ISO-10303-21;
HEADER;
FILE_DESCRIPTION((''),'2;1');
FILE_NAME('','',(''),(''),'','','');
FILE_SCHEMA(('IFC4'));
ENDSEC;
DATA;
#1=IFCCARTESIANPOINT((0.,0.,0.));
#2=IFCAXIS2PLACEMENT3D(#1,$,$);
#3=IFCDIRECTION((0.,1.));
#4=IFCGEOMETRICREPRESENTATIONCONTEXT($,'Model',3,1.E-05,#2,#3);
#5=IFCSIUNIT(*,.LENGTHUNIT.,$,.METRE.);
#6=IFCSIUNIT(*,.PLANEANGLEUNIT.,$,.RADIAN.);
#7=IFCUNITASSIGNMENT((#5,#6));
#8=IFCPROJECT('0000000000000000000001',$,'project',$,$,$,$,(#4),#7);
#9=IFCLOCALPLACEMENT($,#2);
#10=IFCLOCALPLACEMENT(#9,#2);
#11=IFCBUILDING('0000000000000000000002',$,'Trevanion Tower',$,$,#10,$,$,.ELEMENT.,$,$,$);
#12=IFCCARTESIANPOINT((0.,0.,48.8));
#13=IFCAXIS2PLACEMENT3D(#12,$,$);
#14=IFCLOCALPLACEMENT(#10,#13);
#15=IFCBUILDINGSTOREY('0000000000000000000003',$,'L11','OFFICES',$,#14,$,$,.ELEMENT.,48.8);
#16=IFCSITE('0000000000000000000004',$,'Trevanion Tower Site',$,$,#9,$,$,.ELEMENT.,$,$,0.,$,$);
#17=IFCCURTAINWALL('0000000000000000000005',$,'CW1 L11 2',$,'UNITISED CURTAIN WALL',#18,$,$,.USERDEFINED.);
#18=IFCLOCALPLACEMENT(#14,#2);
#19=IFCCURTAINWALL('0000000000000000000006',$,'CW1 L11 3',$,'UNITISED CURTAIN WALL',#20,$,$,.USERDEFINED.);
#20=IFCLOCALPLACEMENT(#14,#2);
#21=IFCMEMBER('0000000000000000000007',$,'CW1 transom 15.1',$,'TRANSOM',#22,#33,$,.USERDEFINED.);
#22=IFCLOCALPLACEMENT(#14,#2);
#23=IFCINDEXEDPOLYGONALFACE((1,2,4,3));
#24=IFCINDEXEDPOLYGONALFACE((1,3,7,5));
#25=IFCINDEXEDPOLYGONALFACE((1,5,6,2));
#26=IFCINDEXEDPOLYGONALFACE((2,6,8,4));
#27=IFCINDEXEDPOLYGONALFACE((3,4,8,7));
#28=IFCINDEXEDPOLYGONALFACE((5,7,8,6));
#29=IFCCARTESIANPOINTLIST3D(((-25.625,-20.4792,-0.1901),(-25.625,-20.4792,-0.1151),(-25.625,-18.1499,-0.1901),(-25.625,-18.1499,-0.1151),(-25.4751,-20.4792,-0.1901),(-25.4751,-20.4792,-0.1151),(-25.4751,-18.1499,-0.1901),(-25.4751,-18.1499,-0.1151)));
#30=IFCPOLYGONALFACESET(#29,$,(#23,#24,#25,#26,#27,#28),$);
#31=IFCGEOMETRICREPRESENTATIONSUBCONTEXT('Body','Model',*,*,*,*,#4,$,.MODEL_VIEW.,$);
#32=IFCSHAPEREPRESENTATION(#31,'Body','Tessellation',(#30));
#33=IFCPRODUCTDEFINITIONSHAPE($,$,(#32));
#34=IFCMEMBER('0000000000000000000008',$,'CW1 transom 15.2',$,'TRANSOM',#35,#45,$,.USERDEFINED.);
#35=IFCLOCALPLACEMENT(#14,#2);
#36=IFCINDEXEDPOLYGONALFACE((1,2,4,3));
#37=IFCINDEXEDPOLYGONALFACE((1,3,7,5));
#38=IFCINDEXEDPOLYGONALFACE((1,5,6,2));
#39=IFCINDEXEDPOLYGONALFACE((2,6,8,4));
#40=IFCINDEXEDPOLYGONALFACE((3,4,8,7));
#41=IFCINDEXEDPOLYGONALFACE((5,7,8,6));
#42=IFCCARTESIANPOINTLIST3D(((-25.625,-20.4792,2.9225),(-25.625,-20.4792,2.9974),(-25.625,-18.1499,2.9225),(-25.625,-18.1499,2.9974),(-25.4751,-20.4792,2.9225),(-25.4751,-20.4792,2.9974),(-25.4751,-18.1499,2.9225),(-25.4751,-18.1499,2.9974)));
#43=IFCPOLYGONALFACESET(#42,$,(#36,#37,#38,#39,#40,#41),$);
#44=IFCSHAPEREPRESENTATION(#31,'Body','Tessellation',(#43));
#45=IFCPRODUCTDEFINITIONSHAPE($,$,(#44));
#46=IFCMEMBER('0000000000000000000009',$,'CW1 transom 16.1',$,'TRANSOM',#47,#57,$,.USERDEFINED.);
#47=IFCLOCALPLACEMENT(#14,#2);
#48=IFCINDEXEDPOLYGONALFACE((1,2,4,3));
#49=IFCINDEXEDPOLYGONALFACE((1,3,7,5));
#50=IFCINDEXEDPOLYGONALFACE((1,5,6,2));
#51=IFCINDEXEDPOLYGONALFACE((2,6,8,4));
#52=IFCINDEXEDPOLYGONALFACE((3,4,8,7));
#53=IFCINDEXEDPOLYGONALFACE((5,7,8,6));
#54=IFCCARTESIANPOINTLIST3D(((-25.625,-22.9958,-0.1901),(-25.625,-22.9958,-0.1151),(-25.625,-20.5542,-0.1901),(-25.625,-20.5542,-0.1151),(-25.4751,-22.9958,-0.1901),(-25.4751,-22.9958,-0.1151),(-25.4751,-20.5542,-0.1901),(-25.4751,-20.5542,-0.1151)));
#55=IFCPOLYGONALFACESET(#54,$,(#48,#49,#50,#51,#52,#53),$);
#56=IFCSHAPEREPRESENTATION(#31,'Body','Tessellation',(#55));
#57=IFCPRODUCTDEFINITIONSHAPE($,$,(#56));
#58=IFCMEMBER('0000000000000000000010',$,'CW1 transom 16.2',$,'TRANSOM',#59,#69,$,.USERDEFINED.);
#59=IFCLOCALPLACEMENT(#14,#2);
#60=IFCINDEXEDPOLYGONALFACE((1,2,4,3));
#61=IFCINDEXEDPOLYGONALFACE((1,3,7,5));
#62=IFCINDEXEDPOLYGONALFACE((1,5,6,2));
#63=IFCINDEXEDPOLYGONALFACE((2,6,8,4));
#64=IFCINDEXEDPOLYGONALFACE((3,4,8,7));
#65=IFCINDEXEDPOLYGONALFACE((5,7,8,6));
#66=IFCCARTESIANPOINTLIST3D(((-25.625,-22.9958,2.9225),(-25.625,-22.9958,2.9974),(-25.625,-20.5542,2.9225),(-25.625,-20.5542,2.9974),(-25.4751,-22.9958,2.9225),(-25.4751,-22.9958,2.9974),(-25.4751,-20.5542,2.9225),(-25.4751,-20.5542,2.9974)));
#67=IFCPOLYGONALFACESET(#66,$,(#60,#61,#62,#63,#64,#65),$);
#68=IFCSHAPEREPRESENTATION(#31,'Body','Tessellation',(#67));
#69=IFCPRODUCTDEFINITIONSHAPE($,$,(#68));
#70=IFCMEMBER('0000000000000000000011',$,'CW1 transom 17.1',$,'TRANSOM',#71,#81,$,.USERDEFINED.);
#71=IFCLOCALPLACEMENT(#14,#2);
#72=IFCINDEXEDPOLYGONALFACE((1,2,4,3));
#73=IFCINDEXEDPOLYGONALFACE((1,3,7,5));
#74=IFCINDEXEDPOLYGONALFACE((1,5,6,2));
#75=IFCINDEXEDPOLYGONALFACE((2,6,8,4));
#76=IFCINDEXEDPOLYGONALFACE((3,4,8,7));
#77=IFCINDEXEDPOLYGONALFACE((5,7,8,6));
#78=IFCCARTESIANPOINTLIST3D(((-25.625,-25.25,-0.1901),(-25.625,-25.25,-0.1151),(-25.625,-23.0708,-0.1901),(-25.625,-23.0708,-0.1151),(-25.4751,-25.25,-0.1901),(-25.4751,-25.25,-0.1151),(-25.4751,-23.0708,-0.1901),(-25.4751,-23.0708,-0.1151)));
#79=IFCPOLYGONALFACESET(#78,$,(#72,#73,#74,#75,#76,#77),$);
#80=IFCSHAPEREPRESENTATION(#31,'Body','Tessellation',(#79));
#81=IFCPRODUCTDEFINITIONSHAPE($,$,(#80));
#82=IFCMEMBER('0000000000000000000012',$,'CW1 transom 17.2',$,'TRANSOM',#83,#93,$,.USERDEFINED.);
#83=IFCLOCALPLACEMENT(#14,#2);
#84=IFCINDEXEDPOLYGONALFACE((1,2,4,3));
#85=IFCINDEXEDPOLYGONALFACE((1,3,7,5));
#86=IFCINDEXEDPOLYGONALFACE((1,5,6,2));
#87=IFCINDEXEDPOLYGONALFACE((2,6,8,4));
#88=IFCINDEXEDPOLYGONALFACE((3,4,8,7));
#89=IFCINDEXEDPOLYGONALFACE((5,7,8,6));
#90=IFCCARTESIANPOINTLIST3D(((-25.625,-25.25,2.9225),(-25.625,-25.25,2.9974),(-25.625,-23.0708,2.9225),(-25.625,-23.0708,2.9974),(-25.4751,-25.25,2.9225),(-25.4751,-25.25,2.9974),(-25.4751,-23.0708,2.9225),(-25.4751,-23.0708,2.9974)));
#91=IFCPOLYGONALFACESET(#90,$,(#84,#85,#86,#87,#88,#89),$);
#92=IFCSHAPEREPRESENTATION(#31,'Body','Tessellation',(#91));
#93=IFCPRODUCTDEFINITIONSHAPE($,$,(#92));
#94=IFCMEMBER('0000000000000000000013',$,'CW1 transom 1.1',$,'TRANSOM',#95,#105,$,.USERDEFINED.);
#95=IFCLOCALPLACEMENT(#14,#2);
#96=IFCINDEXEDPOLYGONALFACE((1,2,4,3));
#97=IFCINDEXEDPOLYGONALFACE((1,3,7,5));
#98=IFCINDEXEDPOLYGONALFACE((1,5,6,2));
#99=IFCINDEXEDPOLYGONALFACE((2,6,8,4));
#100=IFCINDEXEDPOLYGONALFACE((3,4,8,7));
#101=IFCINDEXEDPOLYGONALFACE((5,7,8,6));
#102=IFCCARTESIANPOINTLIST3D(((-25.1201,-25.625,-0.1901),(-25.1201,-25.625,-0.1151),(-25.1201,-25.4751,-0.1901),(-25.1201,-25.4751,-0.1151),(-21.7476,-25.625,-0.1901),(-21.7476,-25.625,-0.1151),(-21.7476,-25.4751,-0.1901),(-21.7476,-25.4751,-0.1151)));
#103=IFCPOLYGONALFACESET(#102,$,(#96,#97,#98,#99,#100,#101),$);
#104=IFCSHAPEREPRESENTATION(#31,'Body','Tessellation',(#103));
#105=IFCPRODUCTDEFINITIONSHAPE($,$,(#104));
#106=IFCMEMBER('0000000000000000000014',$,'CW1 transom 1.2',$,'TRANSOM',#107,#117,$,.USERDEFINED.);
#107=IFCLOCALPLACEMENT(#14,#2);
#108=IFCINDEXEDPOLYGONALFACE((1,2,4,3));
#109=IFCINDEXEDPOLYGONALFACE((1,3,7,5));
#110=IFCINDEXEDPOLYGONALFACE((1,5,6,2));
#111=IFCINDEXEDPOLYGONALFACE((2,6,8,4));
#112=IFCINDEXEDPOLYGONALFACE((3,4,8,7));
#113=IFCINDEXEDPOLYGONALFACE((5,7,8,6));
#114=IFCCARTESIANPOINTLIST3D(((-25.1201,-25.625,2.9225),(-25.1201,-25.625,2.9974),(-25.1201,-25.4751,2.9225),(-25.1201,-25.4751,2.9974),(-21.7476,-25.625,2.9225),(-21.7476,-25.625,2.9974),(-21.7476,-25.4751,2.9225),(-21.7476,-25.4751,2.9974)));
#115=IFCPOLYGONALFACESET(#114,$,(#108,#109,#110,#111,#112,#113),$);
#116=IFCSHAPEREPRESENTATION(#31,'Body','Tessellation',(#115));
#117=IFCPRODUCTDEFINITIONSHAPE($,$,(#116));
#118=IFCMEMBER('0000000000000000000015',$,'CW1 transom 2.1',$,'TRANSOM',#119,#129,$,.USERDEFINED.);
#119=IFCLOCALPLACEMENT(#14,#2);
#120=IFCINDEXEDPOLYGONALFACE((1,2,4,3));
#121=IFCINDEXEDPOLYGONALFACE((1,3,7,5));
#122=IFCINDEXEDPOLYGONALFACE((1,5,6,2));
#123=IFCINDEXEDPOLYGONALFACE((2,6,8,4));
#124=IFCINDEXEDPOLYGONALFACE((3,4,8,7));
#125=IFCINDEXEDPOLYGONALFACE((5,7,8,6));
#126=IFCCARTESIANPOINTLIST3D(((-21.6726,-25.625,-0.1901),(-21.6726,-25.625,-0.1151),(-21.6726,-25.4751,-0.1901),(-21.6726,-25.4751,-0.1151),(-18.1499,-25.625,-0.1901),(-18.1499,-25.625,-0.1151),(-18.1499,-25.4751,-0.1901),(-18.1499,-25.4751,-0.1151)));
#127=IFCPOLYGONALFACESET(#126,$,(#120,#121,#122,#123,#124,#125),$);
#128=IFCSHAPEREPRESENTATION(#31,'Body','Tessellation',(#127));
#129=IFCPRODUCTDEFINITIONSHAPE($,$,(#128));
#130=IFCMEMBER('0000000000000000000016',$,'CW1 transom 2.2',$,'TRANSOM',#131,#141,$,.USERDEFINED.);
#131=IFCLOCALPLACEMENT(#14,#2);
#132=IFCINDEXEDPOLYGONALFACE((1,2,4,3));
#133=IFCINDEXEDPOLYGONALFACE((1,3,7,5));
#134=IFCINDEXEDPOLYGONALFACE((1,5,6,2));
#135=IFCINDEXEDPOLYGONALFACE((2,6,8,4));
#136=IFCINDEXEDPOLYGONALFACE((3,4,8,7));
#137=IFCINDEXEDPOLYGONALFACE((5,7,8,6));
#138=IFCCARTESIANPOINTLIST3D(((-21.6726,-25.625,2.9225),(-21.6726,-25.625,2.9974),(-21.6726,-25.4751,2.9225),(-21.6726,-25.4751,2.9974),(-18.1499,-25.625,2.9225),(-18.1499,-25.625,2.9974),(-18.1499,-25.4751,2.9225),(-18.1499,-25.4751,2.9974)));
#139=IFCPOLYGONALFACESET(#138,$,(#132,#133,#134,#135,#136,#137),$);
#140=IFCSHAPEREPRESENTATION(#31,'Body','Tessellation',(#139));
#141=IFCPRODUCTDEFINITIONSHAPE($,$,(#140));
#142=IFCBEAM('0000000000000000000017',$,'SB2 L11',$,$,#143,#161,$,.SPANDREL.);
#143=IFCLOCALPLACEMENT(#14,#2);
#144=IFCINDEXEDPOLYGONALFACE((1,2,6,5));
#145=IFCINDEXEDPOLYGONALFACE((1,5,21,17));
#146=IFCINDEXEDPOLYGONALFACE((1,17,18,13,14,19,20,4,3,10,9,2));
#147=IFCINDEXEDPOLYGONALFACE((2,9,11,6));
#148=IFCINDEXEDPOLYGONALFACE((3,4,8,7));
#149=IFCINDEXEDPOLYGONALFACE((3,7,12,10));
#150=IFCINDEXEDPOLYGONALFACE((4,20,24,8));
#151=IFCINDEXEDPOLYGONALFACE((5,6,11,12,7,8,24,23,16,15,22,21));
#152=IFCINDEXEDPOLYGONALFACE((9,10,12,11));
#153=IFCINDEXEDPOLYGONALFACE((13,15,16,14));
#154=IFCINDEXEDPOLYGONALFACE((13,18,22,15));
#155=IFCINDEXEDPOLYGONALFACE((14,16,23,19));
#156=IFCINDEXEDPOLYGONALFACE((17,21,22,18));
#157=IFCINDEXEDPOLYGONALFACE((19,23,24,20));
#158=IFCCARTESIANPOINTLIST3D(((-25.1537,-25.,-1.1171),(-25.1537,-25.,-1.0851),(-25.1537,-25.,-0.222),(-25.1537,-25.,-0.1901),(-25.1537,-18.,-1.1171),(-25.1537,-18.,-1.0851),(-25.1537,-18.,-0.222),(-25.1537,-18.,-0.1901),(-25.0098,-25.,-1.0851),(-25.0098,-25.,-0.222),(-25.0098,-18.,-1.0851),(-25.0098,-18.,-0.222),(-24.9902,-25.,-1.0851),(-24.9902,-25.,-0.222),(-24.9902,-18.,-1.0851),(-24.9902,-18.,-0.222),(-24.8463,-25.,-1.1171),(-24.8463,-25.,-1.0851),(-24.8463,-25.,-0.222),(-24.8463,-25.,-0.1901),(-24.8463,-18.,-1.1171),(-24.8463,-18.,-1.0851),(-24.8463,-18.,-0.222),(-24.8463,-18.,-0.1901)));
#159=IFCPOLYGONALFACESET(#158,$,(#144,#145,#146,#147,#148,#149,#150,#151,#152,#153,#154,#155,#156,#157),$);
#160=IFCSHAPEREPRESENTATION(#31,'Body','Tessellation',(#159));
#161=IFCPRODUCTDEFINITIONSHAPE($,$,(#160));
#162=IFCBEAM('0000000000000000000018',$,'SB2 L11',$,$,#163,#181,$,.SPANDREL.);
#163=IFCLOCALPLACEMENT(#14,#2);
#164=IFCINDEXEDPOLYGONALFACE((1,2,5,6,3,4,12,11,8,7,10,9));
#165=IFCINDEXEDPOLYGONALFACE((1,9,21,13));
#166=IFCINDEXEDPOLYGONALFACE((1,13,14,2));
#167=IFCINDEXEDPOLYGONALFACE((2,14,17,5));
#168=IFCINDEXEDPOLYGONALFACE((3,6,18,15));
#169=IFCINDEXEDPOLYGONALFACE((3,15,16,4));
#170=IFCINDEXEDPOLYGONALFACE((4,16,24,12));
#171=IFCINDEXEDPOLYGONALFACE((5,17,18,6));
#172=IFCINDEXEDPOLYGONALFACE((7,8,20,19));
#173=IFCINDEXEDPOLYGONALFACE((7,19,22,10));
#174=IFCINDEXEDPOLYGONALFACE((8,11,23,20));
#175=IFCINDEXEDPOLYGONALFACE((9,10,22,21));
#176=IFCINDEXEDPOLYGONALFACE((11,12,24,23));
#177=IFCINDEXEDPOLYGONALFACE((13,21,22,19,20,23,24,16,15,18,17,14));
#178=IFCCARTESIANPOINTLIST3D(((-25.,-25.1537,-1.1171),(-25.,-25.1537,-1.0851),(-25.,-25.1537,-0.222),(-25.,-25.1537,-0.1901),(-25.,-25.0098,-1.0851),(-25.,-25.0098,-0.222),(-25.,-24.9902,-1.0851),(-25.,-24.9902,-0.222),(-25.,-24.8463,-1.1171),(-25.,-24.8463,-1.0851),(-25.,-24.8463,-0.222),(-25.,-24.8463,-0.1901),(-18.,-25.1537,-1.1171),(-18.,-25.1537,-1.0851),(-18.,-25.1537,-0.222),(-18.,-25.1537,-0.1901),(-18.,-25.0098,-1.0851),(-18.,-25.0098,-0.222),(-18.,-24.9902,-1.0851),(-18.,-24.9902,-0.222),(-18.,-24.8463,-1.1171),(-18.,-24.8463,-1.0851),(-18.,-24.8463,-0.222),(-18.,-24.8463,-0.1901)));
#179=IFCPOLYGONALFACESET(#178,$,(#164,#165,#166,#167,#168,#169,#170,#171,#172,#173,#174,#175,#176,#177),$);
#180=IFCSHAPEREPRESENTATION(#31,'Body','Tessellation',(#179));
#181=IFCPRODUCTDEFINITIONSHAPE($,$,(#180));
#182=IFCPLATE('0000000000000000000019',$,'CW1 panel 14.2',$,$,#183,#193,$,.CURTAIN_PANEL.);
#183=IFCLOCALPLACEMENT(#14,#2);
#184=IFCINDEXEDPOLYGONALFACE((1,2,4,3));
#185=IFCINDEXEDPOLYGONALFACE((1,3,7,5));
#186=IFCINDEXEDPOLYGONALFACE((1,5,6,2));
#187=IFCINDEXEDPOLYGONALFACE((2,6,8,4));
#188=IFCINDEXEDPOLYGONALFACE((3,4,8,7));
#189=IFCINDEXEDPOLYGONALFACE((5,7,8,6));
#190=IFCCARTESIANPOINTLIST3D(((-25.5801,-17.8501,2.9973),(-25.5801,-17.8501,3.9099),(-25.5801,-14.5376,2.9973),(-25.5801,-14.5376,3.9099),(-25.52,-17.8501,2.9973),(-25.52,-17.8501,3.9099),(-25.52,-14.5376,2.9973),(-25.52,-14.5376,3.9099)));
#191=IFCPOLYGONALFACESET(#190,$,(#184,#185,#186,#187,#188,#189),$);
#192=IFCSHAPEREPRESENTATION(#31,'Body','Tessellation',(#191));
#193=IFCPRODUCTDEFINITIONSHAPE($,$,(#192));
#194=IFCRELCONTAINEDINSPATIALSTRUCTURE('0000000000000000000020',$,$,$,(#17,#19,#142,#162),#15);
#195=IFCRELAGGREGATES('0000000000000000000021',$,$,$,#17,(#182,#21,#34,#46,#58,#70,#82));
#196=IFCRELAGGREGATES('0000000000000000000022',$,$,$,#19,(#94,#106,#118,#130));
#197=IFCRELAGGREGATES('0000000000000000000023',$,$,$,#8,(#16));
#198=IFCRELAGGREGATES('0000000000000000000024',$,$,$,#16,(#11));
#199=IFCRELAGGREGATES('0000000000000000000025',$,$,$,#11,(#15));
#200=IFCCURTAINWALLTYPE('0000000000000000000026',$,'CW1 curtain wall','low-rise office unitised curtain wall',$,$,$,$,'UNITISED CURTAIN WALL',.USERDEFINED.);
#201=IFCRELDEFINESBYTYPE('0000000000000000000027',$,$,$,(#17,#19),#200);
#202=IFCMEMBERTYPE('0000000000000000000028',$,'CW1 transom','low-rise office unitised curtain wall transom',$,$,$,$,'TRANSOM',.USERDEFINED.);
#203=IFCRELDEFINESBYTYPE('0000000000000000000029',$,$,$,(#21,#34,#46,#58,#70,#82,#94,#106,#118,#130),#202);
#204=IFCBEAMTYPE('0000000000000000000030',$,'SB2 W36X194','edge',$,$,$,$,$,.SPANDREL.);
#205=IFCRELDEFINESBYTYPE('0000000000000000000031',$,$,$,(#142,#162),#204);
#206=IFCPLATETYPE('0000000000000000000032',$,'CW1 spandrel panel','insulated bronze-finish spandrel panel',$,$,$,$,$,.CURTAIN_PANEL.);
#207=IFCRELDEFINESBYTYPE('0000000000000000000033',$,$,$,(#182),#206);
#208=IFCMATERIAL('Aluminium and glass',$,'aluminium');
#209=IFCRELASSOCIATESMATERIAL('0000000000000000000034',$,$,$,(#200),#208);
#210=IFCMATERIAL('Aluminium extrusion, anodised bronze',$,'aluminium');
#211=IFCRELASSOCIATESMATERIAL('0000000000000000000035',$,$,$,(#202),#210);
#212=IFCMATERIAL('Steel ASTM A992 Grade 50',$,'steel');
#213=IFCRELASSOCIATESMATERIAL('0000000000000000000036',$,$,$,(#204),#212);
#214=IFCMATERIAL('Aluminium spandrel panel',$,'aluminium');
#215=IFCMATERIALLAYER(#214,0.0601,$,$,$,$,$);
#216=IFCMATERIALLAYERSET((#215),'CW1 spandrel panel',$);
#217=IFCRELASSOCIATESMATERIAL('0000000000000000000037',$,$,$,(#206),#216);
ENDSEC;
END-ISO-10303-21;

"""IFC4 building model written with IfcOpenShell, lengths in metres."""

from ifc_helpers import new_model, si_unit, direction, frame, origin, origin_2d, place, context, subcontext, project, spatial, rectangle, i_section, extrude, material, layer, layer_set, material_profile, profile_set, type_object, element, aggregate, save


model = new_model("IFC4")

# Units and contexts
model_context = context("Model", 3, precision=1e-05, world=origin(), true_north=direction((0.0, 1.0)))
body_context = subcontext(model_context, "Body", "Model", "MODEL_VIEW")
ifc_project = project(units=[si_unit("LENGTHUNIT", "METRE"), si_unit("PLANEANGLEUNIT", "RADIAN")], contexts=[model_context])

# Site, building, storey
site_placement = place(None, origin())
site = spatial("IfcSite", under=ifc_project, at=site_placement, Name="Trevanion Tower Site", CompositionType="ELEMENT", RefElevation=0.0)
building_placement = place(site_placement, origin())
building = spatial("IfcBuilding", under=site, at=building_placement, Name="Trevanion Tower", CompositionType="ELEMENT")
storey_placement = place(building_placement, frame((0.0, 0.0, 48.8)))
storey = spatial("IfcBuildingStorey", under=building, at=storey_placement, Name="L11", Description="OFFICES", CompositionType="ELEMENT", Elevation=48.8)

# Curtain wall
ifc_material_1 = material(Name="Aluminium and glass", Category="aluminium")
curtain_wall_type = type_object("IfcCurtainWallType", Name="CW1 curtain wall", Description="low-rise office unitised curtain wall", ElementType="UNITISED CURTAIN WALL", PredefinedType="USERDEFINED", material=ifc_material_1)
curtain_wall_1_placement = place(storey_placement, origin())
curtain_wall_1 = element("IfcCurtainWall", 1, at=curtain_wall_1_placement, inside=storey, type_object=curtain_wall_type, Name="CW1 L11 2", ObjectType="UNITISED CURTAIN WALL", PredefinedType="USERDEFINED")

# Curtain wall
curtain_wall_2_placement = place(storey_placement, origin())
curtain_wall_2 = element("IfcCurtainWall", 2, at=curtain_wall_2_placement, inside=storey, type_object=curtain_wall_type, Name="CW1 L11 3", ObjectType="UNITISED CURTAIN WALL", PredefinedType="USERDEFINED")

# Members
ifc_material_2 = material(Name="Aluminium extrusion, anodised bronze", Category="aluminium")
ifc_material_profile_1 = material_profile(ifc_material_2, rectangle(XDim=0.1499, YDim=0.075, at=origin_2d()), Name="CW1 transom")
ifc_profile_set_1 = profile_set([ifc_material_profile_1], Name="Aluminium extrusion, anodised bronze")
member_type_1 = type_object("IfcMemberType", Name="CW1 transom", Description="low-rise office unitised curtain wall transom", ElementType="TRANSOM", PredefinedType="USERDEFINED", material=ifc_profile_set_1)
member_1_placement = place(storey_placement, frame((-25.55, -18.1499, -0.1526), z_axis=(0.0, -1.0, 0.0), x_axis=(1.0, 0.0, 0.0)))
member_1 = element("IfcMember", 3, at=member_1_placement, type_object=member_type_1, Name="CW1 transom 15.1", ObjectType="TRANSOM", PredefinedType="USERDEFINED", context=body_context, shape_type="SweptSolid", body=[
    extrude(rectangle(XDim=0.1499, YDim=0.075, at=origin_2d()), origin(), (0.0, 0.0, 1.0), 2.3293),
])
member_2_placement = place(storey_placement, frame((-25.55, -18.1499, 2.96), z_axis=(0.0, -1.0, 0.0), x_axis=(1.0, 0.0, 0.0)))
member_2 = element("IfcMember", 4, at=member_2_placement, type_object=member_type_1, Name="CW1 transom 15.2", ObjectType="TRANSOM", PredefinedType="USERDEFINED", context=body_context, shape_type="SweptSolid", body=[
    extrude(rectangle(XDim=0.1499, YDim=0.075, at=origin_2d()), origin(), (0.0, 0.0, 1.0), 2.3293),
])
member_3_placement = place(storey_placement, frame((-25.55, -20.5542, -0.1526), z_axis=(0.0, -1.0, 0.0), x_axis=(1.0, 0.0, 0.0)))
member_3 = element("IfcMember", 5, at=member_3_placement, type_object=member_type_1, Name="CW1 transom 16.1", ObjectType="TRANSOM", PredefinedType="USERDEFINED", context=body_context, shape_type="SweptSolid", body=[
    extrude(rectangle(XDim=0.1499, YDim=0.075, at=origin_2d()), origin(), (0.0, 0.0, 1.0), 2.4417),
])
member_4_placement = place(storey_placement, frame((-25.55, -20.5542, 2.96), z_axis=(0.0, -1.0, 0.0), x_axis=(1.0, 0.0, 0.0)))
member_4 = element("IfcMember", 6, at=member_4_placement, type_object=member_type_1, Name="CW1 transom 16.2", ObjectType="TRANSOM", PredefinedType="USERDEFINED", context=body_context, shape_type="SweptSolid", body=[
    extrude(rectangle(XDim=0.1499, YDim=0.075, at=origin_2d()), origin(), (0.0, 0.0, 1.0), 2.4417),
])
member_5_placement = place(storey_placement, frame((-25.55, -23.0708, -0.1526), z_axis=(0.0, -1.0, 0.0), x_axis=(1.0, 0.0, 0.0)))
member_5 = element("IfcMember", 7, at=member_5_placement, type_object=member_type_1, Name="CW1 transom 17.1", ObjectType="TRANSOM", PredefinedType="USERDEFINED", context=body_context, shape_type="SweptSolid", body=[
    extrude(rectangle(XDim=0.1499, YDim=0.075, at=origin_2d()), origin(), (0.0, 0.0, 1.0), 2.1792),
])
member_6_placement = place(storey_placement, frame((-25.55, -23.0708, 2.96), z_axis=(0.0, -1.0, 0.0), x_axis=(1.0, 0.0, 0.0)))
member_6 = element("IfcMember", 8, at=member_6_placement, type_object=member_type_1, Name="CW1 transom 17.2", ObjectType="TRANSOM", PredefinedType="USERDEFINED", context=body_context, shape_type="SweptSolid", body=[
    extrude(rectangle(XDim=0.1499, YDim=0.075, at=origin_2d()), origin(), (0.0, 0.0, 1.0), 2.1792),
])
member_7_placement = place(storey_placement, frame((-25.1201, -25.55, -0.1526), z_axis=(1.0, 0.0, 0.0), x_axis=(0.0, 1.0, 0.0)))
member_7 = element("IfcMember", 9, at=member_7_placement, type_object=member_type_1, Name="CW1 transom 1.1", ObjectType="TRANSOM", PredefinedType="USERDEFINED", context=body_context, shape_type="SweptSolid", body=[
    extrude(rectangle(XDim=0.1499, YDim=0.075, at=origin_2d()), origin(), (0.0, 0.0, 1.0), 3.3726),
])
member_8_placement = place(storey_placement, frame((-25.1201, -25.55, 2.96), z_axis=(1.0, 0.0, 0.0), x_axis=(0.0, 1.0, 0.0)))
member_8 = element("IfcMember", 10, at=member_8_placement, type_object=member_type_1, Name="CW1 transom 1.2", ObjectType="TRANSOM", PredefinedType="USERDEFINED", context=body_context, shape_type="SweptSolid", body=[
    extrude(rectangle(XDim=0.1499, YDim=0.075, at=origin_2d()), origin(), (0.0, 0.0, 1.0), 3.3726),
])
member_9_placement = place(storey_placement, frame((-21.6726, -25.55, -0.1526), z_axis=(1.0, 0.0, 0.0), x_axis=(0.0, 1.0, 0.0)))
member_9 = element("IfcMember", 11, at=member_9_placement, type_object=member_type_1, Name="CW1 transom 2.1", ObjectType="TRANSOM", PredefinedType="USERDEFINED", context=body_context, shape_type="SweptSolid", body=[
    extrude(rectangle(XDim=0.1499, YDim=0.075, at=origin_2d()), origin(), (0.0, 0.0, 1.0), 3.5227),
])
member_10_placement = place(storey_placement, frame((-21.6726, -25.55, 2.96), z_axis=(1.0, 0.0, 0.0), x_axis=(0.0, 1.0, 0.0)))
member_10 = element("IfcMember", 12, at=member_10_placement, type_object=member_type_1, Name="CW1 transom 2.2", ObjectType="TRANSOM", PredefinedType="USERDEFINED", context=body_context, shape_type="SweptSolid", body=[
    extrude(rectangle(XDim=0.1499, YDim=0.075, at=origin_2d()), origin(), (0.0, 0.0, 1.0), 3.5227),
])

# Beams
ifc_material_3 = material(Name="Steel ASTM A992 Grade 50", Category="steel")
ifc_material_profile_2 = material_profile(ifc_material_3, i_section(OverallWidth=0.3074, OverallDepth=0.927, WebThickness=0.0195, FlangeThickness=0.032, at=origin_2d()), Name="W36X194")
ifc_profile_set_2 = profile_set([ifc_material_profile_2], Name="Steel ASTM A992 Grade 50")
beam_type = type_object("IfcBeamType", Name="SB2 W36X194", Description="edge", PredefinedType="SPANDREL", material=ifc_profile_set_2)
for number, where, z_axis, x_axis, name in (
    (13, (-25.0, -18.0, -0.6536), (0.0, -1.0, 0.0), (1.0, 0.0, 0.0), "SB2 L11"),
    (14, (-25.0, -25.0, -0.6536), (1.0, 0.0, 0.0), (0.0, 1.0, 0.0), "SB2 L11"),
):
    element("IfcBeam", number, at=place(storey_placement, frame(where, z_axis=z_axis, x_axis=x_axis)), inside=storey, type_object=beam_type, Name=name, PredefinedType="SPANDREL", context=body_context, shape_type="SweptSolid", body=[
        extrude(i_section(OverallWidth=0.3074, OverallDepth=0.927, WebThickness=0.0195, FlangeThickness=0.032, at=origin_2d()), origin(), (0.0, 0.0, 1.0), 7.0),
    ])

# Plate
ifc_material_4 = material(Name="Aluminium spandrel panel", Category="aluminium")
ifc_layer_1 = layer(ifc_material_4, 0.0601)
ifc_layer_set_1 = layer_set([ifc_layer_1], Name="CW1 spandrel panel")
plate_type_1 = type_object("IfcPlateType", Name="CW1 spandrel panel", Description="insulated bronze-finish spandrel panel", PredefinedType="CURTAIN_PANEL", material=ifc_layer_set_1)
plate_1_placement = place(storey_placement, frame((-25.55, -16.1938, 2.9973), z_axis=(0.0, 0.0, 1.0), x_axis=(0.0, -1.0, 0.0)))
plate_1 = element("IfcPlate", 15, at=plate_1_placement, type_object=plate_type_1, Name="CW1 panel 14.2", PredefinedType="CURTAIN_PANEL", context=body_context, shape_type="SweptSolid", body=[
    extrude(rectangle(XDim=3.3125, YDim=0.0601, at=origin_2d()), origin(), (0.0, 0.0, 1.0), 0.9126),
])
aggregate(curtain_wall_1, [plate_1, member_1, member_2, member_3, member_4, member_5, member_6])
aggregate(curtain_wall_2, [member_7, member_8, member_9, member_10])

save(model, "model.ifc")
